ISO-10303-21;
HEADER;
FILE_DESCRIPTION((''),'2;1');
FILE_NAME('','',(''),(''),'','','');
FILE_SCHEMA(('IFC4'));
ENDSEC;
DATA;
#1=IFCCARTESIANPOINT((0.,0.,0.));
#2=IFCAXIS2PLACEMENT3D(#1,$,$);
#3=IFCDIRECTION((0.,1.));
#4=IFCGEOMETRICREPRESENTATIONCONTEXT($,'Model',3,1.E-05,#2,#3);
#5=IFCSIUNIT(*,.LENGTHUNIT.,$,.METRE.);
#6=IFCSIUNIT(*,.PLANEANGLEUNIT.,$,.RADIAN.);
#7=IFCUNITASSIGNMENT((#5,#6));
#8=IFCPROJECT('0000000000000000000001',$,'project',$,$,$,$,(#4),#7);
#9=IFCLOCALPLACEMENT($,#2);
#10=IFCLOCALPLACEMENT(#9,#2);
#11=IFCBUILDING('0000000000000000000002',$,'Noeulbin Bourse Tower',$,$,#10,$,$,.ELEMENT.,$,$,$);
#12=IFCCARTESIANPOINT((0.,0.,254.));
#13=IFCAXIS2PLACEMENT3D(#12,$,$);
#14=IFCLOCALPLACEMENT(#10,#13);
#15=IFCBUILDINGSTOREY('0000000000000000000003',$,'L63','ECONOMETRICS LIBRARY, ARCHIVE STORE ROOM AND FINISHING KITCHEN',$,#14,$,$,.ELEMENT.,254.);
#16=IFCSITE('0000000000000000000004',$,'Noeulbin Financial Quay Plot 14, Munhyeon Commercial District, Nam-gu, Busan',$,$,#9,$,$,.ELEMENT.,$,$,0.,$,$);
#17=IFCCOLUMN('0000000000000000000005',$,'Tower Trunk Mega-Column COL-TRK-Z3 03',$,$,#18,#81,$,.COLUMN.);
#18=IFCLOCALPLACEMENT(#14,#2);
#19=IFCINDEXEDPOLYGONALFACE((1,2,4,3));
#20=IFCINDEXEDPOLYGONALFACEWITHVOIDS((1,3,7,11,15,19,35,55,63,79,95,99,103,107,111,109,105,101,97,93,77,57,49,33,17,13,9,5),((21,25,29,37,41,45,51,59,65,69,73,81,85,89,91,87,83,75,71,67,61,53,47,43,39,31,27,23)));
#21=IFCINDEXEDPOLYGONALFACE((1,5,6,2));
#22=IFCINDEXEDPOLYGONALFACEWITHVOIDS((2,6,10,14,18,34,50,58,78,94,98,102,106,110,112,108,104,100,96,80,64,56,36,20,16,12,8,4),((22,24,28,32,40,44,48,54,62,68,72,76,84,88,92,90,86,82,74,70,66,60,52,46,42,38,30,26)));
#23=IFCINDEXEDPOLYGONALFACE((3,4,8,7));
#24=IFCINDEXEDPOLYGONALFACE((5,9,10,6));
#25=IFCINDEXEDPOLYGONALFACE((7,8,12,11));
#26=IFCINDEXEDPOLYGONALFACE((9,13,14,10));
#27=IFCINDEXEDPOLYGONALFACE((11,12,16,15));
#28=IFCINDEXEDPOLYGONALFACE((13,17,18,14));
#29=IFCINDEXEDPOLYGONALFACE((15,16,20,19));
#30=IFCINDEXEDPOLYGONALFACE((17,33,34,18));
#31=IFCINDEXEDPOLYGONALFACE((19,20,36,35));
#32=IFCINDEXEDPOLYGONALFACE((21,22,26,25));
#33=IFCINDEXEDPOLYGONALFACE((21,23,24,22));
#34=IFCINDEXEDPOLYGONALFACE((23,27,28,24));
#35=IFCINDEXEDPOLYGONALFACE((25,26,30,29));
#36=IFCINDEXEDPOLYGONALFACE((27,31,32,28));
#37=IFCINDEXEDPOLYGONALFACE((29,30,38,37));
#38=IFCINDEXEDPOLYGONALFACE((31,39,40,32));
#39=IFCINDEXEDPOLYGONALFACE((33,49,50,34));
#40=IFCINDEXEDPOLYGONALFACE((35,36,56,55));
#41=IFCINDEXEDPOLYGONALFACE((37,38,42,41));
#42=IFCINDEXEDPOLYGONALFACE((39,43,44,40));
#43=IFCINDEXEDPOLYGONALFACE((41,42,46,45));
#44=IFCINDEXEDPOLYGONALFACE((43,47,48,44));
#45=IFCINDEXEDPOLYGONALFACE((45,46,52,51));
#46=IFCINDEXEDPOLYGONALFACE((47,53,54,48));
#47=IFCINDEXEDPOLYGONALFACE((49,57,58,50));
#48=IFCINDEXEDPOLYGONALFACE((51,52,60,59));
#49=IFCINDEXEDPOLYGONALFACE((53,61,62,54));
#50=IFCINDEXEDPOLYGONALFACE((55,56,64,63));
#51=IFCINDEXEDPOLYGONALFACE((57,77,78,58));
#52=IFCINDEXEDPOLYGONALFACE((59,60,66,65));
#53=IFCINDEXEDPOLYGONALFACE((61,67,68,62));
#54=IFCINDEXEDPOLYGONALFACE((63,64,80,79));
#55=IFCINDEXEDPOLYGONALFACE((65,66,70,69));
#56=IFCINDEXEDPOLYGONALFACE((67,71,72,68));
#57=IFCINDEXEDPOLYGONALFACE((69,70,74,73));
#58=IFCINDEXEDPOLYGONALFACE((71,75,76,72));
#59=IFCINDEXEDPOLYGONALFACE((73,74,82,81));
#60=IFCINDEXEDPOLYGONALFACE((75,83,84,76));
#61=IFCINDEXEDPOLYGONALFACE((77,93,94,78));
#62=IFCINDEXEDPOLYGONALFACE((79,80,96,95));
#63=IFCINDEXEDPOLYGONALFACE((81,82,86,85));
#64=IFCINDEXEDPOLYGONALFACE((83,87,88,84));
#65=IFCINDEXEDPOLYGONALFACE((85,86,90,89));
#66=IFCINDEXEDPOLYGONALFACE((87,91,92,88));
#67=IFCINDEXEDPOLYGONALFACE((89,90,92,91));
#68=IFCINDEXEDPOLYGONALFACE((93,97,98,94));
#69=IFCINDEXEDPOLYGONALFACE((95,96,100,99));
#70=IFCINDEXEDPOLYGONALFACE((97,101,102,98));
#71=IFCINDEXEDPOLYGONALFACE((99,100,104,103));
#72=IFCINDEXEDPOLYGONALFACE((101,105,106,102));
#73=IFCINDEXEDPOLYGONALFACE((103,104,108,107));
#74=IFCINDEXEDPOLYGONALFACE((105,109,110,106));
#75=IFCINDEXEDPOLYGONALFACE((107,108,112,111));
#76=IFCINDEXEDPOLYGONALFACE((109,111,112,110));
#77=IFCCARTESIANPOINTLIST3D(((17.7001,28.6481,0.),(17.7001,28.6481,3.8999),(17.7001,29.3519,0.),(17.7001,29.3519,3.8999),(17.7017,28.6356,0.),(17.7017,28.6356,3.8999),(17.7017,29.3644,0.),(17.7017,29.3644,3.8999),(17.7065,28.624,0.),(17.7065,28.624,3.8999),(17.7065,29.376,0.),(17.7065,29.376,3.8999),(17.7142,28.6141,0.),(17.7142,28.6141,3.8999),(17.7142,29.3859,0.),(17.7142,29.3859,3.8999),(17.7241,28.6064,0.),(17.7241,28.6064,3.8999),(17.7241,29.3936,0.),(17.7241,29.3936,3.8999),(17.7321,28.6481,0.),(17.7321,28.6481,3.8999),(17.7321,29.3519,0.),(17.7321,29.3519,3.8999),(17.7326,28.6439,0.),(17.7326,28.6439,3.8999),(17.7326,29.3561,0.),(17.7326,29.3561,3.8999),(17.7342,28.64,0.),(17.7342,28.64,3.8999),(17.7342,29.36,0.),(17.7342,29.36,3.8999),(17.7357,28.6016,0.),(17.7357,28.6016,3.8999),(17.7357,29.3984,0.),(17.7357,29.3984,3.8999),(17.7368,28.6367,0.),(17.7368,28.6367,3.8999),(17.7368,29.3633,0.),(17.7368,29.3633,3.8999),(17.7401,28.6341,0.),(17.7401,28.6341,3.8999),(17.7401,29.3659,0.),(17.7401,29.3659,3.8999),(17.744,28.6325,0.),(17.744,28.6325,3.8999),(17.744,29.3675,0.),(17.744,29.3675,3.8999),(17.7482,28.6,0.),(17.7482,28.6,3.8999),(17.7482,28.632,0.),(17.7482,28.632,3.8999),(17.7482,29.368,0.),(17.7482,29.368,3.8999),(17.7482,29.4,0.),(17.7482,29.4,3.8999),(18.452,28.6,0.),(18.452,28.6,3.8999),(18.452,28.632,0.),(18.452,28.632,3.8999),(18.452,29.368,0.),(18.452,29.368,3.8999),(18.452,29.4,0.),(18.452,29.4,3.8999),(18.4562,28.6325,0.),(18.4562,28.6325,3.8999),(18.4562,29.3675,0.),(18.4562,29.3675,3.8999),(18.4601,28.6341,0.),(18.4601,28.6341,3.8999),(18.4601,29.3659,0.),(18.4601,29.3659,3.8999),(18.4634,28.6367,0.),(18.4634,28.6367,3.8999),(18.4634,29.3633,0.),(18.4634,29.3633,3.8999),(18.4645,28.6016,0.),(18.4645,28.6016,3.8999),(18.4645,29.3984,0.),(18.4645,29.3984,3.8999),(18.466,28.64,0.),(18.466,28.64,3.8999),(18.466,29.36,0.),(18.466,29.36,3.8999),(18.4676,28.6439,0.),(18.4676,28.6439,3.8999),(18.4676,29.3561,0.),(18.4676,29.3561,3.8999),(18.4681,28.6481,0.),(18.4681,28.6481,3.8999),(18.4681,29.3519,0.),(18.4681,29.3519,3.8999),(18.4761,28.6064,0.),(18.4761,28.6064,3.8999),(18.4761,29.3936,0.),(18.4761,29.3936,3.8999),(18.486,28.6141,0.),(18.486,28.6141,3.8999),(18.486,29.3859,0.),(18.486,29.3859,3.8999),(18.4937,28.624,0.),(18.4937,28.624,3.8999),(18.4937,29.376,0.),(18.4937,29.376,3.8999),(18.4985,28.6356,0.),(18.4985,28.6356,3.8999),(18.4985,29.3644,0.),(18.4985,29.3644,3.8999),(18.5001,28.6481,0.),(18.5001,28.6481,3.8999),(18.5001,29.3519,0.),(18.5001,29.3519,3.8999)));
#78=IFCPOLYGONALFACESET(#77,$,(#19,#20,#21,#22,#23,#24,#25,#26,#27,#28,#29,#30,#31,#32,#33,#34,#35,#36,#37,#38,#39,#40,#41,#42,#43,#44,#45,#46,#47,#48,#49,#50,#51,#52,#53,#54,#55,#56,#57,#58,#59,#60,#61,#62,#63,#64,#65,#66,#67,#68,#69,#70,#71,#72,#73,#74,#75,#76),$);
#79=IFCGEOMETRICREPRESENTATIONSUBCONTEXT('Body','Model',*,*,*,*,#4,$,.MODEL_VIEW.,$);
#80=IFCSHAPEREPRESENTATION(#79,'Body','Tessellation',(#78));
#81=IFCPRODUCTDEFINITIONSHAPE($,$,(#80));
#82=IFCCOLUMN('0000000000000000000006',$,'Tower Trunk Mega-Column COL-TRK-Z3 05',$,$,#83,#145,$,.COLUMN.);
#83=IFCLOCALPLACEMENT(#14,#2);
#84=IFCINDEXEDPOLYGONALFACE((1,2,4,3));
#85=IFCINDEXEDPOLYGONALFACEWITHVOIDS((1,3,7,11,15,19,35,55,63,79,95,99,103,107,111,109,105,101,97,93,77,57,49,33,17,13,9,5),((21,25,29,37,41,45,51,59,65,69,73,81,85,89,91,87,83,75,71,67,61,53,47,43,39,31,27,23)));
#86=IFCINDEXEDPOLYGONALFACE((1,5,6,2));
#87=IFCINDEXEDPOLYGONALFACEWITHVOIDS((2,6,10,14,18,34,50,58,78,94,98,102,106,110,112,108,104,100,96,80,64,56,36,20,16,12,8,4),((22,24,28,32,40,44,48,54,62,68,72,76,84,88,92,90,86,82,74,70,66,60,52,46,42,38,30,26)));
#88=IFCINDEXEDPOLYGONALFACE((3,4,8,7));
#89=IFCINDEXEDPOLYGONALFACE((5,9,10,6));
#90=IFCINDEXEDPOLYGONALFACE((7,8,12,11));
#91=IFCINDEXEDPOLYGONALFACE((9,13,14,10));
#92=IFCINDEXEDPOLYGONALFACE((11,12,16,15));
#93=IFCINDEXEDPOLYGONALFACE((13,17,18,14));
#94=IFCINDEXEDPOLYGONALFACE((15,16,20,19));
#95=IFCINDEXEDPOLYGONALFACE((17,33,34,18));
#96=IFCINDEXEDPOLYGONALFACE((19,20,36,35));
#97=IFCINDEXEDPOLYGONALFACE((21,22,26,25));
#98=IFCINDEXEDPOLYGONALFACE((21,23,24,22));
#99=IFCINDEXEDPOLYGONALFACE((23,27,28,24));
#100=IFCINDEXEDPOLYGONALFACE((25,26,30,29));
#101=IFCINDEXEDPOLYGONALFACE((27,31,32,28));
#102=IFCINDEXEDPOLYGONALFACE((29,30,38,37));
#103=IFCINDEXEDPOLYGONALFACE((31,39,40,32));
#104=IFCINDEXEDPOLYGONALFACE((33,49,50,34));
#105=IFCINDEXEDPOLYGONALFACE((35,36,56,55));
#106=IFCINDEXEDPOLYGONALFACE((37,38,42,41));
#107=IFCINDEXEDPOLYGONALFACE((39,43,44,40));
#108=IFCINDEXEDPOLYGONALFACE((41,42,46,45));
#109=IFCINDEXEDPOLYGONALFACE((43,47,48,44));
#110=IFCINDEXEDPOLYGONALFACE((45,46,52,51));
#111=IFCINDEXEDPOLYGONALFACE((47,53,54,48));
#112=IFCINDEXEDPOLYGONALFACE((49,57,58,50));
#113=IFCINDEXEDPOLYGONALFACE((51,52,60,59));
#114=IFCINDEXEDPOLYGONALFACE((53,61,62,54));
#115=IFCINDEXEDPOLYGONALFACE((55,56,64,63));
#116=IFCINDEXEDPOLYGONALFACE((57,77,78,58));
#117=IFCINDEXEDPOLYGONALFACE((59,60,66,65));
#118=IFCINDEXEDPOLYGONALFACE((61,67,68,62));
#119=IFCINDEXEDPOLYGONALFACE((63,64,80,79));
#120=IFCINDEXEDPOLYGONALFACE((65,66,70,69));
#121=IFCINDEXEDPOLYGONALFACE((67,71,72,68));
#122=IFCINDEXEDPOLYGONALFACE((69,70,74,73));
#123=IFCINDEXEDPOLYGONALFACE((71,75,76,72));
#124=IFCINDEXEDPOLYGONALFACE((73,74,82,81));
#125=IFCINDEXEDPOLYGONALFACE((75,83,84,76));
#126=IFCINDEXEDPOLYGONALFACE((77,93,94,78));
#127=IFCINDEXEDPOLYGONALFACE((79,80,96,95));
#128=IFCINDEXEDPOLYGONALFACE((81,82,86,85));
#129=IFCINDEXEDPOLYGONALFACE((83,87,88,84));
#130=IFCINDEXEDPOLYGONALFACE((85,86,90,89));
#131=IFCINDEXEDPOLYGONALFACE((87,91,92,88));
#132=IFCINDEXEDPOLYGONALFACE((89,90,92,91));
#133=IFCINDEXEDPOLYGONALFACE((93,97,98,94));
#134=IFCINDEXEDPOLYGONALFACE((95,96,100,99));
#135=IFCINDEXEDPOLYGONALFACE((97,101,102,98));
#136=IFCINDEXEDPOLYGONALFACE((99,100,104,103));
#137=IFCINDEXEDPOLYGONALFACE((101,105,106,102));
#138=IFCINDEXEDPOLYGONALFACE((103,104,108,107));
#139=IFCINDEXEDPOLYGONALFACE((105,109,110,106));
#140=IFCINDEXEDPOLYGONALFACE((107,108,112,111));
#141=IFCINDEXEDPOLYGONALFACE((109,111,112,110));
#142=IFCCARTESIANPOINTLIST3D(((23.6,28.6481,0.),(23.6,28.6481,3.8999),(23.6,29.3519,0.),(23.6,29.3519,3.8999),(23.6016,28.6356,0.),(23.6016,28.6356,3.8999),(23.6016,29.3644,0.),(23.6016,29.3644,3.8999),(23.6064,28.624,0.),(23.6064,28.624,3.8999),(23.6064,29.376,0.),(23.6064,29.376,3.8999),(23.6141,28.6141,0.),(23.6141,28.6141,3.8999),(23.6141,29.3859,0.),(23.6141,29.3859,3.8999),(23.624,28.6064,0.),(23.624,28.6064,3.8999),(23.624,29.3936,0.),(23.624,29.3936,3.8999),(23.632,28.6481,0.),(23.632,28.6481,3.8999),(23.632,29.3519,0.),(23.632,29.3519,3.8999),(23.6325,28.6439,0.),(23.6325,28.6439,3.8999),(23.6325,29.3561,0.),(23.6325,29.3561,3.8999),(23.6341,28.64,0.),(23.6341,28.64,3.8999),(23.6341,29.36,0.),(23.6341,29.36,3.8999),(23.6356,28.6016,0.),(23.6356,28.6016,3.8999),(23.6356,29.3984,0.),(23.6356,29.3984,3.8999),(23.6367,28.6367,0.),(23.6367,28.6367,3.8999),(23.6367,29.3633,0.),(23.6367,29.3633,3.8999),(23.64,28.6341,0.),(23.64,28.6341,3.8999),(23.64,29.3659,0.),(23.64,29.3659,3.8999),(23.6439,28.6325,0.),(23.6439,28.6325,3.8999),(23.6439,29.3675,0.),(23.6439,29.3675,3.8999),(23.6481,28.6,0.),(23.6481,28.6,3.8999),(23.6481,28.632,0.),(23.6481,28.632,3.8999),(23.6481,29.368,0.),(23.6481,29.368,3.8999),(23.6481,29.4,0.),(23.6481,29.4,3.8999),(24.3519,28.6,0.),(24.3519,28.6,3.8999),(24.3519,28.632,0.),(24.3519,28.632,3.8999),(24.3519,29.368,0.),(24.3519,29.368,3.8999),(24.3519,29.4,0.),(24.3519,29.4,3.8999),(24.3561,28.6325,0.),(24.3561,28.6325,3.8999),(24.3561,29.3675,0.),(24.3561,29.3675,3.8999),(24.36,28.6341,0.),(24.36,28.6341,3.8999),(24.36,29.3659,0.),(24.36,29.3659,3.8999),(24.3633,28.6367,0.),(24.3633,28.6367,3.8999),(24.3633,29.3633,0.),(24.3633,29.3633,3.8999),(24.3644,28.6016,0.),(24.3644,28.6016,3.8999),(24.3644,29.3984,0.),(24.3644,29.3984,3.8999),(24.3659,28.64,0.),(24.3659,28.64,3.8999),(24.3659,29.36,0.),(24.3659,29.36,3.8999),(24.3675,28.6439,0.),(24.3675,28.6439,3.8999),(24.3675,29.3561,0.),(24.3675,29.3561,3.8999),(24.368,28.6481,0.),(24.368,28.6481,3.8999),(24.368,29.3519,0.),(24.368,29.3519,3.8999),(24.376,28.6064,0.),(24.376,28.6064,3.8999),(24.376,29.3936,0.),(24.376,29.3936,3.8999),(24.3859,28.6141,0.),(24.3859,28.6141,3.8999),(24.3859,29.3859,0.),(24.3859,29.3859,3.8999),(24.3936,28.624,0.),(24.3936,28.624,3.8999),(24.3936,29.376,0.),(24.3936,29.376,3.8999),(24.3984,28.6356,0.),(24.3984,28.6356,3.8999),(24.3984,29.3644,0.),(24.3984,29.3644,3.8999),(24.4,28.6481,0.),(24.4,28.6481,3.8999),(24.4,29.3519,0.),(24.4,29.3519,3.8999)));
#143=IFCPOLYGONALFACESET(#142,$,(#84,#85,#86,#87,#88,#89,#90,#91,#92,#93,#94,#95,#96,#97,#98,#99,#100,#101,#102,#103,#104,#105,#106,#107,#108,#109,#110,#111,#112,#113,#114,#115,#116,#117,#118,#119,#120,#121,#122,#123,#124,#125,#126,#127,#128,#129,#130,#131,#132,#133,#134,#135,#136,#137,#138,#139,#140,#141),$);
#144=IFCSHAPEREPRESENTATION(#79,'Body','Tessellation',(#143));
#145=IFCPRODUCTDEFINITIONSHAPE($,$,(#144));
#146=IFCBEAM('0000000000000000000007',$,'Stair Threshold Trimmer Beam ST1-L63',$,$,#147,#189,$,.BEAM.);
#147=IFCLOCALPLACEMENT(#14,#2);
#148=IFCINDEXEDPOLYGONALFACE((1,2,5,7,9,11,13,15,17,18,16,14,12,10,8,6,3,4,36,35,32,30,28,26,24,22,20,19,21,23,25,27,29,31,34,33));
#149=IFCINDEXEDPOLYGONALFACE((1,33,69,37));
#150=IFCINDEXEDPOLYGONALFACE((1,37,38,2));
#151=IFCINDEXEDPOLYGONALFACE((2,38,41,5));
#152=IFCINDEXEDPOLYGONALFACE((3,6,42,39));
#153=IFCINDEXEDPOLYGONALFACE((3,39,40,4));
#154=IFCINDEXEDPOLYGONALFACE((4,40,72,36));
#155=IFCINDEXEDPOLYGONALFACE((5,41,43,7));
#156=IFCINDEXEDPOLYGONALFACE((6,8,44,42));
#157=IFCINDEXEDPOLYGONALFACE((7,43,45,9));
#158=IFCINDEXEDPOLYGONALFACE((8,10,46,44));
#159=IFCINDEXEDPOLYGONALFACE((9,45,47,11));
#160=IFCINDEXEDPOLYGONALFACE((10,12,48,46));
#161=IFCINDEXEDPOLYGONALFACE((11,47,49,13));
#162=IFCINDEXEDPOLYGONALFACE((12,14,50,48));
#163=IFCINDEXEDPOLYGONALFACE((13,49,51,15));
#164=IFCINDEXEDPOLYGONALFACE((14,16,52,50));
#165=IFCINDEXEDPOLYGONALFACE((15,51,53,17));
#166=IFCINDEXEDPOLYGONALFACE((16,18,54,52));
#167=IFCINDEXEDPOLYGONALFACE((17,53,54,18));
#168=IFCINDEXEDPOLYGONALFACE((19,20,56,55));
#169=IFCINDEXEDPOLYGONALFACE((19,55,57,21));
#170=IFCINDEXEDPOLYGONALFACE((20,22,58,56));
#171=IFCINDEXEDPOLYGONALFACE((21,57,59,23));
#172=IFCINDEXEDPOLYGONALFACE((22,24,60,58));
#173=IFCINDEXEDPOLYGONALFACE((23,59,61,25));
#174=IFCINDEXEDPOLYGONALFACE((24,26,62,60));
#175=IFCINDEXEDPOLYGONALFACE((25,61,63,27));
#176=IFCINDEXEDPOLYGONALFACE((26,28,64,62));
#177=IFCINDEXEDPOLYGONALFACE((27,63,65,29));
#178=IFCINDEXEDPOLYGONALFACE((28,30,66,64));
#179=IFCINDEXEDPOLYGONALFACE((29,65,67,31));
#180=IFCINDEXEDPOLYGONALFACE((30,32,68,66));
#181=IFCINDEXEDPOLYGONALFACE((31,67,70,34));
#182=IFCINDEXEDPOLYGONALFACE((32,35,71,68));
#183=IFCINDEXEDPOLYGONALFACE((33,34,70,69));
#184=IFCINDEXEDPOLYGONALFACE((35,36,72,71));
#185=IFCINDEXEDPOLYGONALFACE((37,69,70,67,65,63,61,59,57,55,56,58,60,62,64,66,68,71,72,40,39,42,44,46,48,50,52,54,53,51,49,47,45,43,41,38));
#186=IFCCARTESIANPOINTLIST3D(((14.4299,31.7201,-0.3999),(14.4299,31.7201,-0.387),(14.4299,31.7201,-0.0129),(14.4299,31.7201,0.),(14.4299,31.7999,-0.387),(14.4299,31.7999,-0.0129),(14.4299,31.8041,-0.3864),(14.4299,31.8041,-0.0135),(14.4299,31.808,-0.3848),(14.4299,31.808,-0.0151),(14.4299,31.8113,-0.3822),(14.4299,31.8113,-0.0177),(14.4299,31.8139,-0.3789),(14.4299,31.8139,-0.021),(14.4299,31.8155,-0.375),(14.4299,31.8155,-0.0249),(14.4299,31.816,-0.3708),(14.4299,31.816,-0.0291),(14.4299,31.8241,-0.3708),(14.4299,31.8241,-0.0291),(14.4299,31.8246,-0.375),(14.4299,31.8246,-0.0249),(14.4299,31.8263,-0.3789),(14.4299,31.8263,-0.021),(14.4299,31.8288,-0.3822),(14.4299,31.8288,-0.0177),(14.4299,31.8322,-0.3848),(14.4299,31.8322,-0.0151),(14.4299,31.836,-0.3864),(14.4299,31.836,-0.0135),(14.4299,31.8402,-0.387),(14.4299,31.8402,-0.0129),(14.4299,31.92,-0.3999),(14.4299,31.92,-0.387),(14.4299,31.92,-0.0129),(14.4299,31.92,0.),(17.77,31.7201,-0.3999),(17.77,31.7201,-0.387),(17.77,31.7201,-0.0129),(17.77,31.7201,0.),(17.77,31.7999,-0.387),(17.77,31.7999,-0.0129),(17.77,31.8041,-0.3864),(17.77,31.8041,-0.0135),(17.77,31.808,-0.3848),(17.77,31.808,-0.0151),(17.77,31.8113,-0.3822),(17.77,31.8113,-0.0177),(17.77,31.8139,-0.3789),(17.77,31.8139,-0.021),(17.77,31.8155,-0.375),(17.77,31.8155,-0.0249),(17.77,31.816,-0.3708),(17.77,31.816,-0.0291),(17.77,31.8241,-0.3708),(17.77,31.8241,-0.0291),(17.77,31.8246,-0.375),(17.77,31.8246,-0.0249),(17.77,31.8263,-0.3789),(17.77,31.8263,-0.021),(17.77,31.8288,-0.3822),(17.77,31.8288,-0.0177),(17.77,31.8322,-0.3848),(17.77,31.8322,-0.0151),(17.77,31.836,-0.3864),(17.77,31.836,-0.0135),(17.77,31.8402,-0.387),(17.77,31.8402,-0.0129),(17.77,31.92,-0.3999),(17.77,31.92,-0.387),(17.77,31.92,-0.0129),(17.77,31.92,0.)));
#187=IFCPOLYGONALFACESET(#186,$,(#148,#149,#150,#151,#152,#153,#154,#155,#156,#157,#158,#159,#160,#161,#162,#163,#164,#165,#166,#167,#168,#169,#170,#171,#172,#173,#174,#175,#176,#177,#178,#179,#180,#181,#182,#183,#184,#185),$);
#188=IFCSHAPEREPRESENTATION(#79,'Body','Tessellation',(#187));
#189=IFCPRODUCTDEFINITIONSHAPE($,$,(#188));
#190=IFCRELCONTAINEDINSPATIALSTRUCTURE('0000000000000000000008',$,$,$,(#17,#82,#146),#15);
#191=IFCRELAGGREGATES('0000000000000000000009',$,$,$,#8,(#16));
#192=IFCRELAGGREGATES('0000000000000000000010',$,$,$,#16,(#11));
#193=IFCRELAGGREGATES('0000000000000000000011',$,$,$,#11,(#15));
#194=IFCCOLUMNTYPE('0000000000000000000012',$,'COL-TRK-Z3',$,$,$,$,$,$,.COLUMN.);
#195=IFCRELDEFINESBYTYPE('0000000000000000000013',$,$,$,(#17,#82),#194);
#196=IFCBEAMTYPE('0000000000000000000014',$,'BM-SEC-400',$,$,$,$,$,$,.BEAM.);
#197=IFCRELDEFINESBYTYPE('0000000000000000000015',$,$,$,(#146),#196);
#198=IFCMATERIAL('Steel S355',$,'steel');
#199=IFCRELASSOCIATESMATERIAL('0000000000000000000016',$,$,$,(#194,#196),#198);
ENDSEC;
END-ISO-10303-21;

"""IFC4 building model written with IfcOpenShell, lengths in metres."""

from ifc_helpers import new_model, si_unit, direction, frame, origin, origin_2d, place, context, subcontext, project, spatial, hollow_rectangle, i_section, extrude, material, material_profile, profile_set, type_object, element, save


model = new_model("IFC4")

# Units and contexts
model_context = context("Model", 3, precision=1e-05, world=origin(), true_north=direction((0.0, 1.0)))
body_context = subcontext(model_context, "Body", "Model", "MODEL_VIEW")
ifc_project = project(units=[si_unit("LENGTHUNIT", "METRE"), si_unit("PLANEANGLEUNIT", "RADIAN")], contexts=[model_context])

# Site, building, storey
site_placement = place(None, origin())
site = spatial("IfcSite", under=ifc_project, at=site_placement, Name="Noeulbin Financial Quay Plot 14, Munhyeon Commercial District, Nam-gu, Busan", CompositionType="ELEMENT", RefElevation=0.0)
building_placement = place(site_placement, origin())
building = spatial("IfcBuilding", under=site, at=building_placement, Name="Noeulbin Bourse Tower", CompositionType="ELEMENT")
storey_placement = place(building_placement, frame((0.0, 0.0, 254.0)))
storey = spatial("IfcBuildingStorey", under=building, at=storey_placement, Name="L63", Description="ECONOMETRICS LIBRARY, ARCHIVE STORE ROOM AND FINISHING KITCHEN", CompositionType="ELEMENT", Elevation=254.0)

# Columns
ifc_material_1 = material(Name="Steel S355", Category="steel")
ifc_material_profile_1 = material_profile(ifc_material_1, hollow_rectangle(XDim=0.8, YDim=0.8, WallThickness=0.032, InnerFilletRadius=0.0161, OuterFilletRadius=0.0481, at=origin_2d()), Name="BOX-800x800x32", Category="LoadBearing")
ifc_profile_set_1 = profile_set([ifc_material_profile_1], Name="Steel S355")
column_type = type_object("IfcColumnType", Name="COL-TRK-Z3", PredefinedType="COLUMN", material=ifc_profile_set_1)
for number, where, z_axis, x_axis, name in (
    (1, (18.1001, 29.0, 0.0), (0.0, 0.0, 1.0), (1.0, 0.0, 0.0), "Tower Trunk Mega-Column COL-TRK-Z3 03"),
    (2, (24.0, 29.0, 0.0), (0.0, 0.0, 1.0), (1.0, 0.0, 0.0), "Tower Trunk Mega-Column COL-TRK-Z3 05"),
):
    element("IfcColumn", number, at=place(storey_placement, frame(where, z_axis=z_axis, x_axis=x_axis)), inside=storey, type_object=column_type, Name=name, PredefinedType="COLUMN", context=body_context, shape_type="SweptSolid", body=[
        extrude(hollow_rectangle(XDim=0.8, YDim=0.8, WallThickness=0.032, InnerFilletRadius=0.0161, OuterFilletRadius=0.0481, at=origin_2d()), origin(), (0.0, 0.0, 1.0), 3.8999),
    ])

# Beam
ifc_material_profile_2 = material_profile(ifc_material_1, i_section(OverallWidth=0.2, OverallDepth=0.3999, WebThickness=0.0081, FlangeThickness=0.0129, FilletRadius=0.0161, at=origin_2d()), Name="H-400x200x8x13", Category="LoadBearing")
ifc_profile_set_2 = profile_set([ifc_material_profile_2], Name="Steel S355")
beam_type = type_object("IfcBeamType", Name="BM-SEC-400", PredefinedType="BEAM", material=ifc_profile_set_2)
beam_placement = place(storey_placement, frame((14.4299, 31.8201, -0.2), z_axis=(1.0, 0.0, 0.0), x_axis=(0.0, 1.0, 0.0)))
element("IfcBeam", 3, at=beam_placement, inside=storey, type_object=beam_type, Name="Stair Threshold Trimmer Beam ST1-L63", PredefinedType="BEAM", context=body_context, shape_type="SweptSolid", body=[
    extrude(i_section(OverallWidth=0.2, OverallDepth=0.3999, WebThickness=0.0081, FlangeThickness=0.0129, FilletRadius=0.0161, at=origin_2d()), origin(), (0.0, 0.0, 1.0), 3.3401),
])

save(model, "model.ifc")
